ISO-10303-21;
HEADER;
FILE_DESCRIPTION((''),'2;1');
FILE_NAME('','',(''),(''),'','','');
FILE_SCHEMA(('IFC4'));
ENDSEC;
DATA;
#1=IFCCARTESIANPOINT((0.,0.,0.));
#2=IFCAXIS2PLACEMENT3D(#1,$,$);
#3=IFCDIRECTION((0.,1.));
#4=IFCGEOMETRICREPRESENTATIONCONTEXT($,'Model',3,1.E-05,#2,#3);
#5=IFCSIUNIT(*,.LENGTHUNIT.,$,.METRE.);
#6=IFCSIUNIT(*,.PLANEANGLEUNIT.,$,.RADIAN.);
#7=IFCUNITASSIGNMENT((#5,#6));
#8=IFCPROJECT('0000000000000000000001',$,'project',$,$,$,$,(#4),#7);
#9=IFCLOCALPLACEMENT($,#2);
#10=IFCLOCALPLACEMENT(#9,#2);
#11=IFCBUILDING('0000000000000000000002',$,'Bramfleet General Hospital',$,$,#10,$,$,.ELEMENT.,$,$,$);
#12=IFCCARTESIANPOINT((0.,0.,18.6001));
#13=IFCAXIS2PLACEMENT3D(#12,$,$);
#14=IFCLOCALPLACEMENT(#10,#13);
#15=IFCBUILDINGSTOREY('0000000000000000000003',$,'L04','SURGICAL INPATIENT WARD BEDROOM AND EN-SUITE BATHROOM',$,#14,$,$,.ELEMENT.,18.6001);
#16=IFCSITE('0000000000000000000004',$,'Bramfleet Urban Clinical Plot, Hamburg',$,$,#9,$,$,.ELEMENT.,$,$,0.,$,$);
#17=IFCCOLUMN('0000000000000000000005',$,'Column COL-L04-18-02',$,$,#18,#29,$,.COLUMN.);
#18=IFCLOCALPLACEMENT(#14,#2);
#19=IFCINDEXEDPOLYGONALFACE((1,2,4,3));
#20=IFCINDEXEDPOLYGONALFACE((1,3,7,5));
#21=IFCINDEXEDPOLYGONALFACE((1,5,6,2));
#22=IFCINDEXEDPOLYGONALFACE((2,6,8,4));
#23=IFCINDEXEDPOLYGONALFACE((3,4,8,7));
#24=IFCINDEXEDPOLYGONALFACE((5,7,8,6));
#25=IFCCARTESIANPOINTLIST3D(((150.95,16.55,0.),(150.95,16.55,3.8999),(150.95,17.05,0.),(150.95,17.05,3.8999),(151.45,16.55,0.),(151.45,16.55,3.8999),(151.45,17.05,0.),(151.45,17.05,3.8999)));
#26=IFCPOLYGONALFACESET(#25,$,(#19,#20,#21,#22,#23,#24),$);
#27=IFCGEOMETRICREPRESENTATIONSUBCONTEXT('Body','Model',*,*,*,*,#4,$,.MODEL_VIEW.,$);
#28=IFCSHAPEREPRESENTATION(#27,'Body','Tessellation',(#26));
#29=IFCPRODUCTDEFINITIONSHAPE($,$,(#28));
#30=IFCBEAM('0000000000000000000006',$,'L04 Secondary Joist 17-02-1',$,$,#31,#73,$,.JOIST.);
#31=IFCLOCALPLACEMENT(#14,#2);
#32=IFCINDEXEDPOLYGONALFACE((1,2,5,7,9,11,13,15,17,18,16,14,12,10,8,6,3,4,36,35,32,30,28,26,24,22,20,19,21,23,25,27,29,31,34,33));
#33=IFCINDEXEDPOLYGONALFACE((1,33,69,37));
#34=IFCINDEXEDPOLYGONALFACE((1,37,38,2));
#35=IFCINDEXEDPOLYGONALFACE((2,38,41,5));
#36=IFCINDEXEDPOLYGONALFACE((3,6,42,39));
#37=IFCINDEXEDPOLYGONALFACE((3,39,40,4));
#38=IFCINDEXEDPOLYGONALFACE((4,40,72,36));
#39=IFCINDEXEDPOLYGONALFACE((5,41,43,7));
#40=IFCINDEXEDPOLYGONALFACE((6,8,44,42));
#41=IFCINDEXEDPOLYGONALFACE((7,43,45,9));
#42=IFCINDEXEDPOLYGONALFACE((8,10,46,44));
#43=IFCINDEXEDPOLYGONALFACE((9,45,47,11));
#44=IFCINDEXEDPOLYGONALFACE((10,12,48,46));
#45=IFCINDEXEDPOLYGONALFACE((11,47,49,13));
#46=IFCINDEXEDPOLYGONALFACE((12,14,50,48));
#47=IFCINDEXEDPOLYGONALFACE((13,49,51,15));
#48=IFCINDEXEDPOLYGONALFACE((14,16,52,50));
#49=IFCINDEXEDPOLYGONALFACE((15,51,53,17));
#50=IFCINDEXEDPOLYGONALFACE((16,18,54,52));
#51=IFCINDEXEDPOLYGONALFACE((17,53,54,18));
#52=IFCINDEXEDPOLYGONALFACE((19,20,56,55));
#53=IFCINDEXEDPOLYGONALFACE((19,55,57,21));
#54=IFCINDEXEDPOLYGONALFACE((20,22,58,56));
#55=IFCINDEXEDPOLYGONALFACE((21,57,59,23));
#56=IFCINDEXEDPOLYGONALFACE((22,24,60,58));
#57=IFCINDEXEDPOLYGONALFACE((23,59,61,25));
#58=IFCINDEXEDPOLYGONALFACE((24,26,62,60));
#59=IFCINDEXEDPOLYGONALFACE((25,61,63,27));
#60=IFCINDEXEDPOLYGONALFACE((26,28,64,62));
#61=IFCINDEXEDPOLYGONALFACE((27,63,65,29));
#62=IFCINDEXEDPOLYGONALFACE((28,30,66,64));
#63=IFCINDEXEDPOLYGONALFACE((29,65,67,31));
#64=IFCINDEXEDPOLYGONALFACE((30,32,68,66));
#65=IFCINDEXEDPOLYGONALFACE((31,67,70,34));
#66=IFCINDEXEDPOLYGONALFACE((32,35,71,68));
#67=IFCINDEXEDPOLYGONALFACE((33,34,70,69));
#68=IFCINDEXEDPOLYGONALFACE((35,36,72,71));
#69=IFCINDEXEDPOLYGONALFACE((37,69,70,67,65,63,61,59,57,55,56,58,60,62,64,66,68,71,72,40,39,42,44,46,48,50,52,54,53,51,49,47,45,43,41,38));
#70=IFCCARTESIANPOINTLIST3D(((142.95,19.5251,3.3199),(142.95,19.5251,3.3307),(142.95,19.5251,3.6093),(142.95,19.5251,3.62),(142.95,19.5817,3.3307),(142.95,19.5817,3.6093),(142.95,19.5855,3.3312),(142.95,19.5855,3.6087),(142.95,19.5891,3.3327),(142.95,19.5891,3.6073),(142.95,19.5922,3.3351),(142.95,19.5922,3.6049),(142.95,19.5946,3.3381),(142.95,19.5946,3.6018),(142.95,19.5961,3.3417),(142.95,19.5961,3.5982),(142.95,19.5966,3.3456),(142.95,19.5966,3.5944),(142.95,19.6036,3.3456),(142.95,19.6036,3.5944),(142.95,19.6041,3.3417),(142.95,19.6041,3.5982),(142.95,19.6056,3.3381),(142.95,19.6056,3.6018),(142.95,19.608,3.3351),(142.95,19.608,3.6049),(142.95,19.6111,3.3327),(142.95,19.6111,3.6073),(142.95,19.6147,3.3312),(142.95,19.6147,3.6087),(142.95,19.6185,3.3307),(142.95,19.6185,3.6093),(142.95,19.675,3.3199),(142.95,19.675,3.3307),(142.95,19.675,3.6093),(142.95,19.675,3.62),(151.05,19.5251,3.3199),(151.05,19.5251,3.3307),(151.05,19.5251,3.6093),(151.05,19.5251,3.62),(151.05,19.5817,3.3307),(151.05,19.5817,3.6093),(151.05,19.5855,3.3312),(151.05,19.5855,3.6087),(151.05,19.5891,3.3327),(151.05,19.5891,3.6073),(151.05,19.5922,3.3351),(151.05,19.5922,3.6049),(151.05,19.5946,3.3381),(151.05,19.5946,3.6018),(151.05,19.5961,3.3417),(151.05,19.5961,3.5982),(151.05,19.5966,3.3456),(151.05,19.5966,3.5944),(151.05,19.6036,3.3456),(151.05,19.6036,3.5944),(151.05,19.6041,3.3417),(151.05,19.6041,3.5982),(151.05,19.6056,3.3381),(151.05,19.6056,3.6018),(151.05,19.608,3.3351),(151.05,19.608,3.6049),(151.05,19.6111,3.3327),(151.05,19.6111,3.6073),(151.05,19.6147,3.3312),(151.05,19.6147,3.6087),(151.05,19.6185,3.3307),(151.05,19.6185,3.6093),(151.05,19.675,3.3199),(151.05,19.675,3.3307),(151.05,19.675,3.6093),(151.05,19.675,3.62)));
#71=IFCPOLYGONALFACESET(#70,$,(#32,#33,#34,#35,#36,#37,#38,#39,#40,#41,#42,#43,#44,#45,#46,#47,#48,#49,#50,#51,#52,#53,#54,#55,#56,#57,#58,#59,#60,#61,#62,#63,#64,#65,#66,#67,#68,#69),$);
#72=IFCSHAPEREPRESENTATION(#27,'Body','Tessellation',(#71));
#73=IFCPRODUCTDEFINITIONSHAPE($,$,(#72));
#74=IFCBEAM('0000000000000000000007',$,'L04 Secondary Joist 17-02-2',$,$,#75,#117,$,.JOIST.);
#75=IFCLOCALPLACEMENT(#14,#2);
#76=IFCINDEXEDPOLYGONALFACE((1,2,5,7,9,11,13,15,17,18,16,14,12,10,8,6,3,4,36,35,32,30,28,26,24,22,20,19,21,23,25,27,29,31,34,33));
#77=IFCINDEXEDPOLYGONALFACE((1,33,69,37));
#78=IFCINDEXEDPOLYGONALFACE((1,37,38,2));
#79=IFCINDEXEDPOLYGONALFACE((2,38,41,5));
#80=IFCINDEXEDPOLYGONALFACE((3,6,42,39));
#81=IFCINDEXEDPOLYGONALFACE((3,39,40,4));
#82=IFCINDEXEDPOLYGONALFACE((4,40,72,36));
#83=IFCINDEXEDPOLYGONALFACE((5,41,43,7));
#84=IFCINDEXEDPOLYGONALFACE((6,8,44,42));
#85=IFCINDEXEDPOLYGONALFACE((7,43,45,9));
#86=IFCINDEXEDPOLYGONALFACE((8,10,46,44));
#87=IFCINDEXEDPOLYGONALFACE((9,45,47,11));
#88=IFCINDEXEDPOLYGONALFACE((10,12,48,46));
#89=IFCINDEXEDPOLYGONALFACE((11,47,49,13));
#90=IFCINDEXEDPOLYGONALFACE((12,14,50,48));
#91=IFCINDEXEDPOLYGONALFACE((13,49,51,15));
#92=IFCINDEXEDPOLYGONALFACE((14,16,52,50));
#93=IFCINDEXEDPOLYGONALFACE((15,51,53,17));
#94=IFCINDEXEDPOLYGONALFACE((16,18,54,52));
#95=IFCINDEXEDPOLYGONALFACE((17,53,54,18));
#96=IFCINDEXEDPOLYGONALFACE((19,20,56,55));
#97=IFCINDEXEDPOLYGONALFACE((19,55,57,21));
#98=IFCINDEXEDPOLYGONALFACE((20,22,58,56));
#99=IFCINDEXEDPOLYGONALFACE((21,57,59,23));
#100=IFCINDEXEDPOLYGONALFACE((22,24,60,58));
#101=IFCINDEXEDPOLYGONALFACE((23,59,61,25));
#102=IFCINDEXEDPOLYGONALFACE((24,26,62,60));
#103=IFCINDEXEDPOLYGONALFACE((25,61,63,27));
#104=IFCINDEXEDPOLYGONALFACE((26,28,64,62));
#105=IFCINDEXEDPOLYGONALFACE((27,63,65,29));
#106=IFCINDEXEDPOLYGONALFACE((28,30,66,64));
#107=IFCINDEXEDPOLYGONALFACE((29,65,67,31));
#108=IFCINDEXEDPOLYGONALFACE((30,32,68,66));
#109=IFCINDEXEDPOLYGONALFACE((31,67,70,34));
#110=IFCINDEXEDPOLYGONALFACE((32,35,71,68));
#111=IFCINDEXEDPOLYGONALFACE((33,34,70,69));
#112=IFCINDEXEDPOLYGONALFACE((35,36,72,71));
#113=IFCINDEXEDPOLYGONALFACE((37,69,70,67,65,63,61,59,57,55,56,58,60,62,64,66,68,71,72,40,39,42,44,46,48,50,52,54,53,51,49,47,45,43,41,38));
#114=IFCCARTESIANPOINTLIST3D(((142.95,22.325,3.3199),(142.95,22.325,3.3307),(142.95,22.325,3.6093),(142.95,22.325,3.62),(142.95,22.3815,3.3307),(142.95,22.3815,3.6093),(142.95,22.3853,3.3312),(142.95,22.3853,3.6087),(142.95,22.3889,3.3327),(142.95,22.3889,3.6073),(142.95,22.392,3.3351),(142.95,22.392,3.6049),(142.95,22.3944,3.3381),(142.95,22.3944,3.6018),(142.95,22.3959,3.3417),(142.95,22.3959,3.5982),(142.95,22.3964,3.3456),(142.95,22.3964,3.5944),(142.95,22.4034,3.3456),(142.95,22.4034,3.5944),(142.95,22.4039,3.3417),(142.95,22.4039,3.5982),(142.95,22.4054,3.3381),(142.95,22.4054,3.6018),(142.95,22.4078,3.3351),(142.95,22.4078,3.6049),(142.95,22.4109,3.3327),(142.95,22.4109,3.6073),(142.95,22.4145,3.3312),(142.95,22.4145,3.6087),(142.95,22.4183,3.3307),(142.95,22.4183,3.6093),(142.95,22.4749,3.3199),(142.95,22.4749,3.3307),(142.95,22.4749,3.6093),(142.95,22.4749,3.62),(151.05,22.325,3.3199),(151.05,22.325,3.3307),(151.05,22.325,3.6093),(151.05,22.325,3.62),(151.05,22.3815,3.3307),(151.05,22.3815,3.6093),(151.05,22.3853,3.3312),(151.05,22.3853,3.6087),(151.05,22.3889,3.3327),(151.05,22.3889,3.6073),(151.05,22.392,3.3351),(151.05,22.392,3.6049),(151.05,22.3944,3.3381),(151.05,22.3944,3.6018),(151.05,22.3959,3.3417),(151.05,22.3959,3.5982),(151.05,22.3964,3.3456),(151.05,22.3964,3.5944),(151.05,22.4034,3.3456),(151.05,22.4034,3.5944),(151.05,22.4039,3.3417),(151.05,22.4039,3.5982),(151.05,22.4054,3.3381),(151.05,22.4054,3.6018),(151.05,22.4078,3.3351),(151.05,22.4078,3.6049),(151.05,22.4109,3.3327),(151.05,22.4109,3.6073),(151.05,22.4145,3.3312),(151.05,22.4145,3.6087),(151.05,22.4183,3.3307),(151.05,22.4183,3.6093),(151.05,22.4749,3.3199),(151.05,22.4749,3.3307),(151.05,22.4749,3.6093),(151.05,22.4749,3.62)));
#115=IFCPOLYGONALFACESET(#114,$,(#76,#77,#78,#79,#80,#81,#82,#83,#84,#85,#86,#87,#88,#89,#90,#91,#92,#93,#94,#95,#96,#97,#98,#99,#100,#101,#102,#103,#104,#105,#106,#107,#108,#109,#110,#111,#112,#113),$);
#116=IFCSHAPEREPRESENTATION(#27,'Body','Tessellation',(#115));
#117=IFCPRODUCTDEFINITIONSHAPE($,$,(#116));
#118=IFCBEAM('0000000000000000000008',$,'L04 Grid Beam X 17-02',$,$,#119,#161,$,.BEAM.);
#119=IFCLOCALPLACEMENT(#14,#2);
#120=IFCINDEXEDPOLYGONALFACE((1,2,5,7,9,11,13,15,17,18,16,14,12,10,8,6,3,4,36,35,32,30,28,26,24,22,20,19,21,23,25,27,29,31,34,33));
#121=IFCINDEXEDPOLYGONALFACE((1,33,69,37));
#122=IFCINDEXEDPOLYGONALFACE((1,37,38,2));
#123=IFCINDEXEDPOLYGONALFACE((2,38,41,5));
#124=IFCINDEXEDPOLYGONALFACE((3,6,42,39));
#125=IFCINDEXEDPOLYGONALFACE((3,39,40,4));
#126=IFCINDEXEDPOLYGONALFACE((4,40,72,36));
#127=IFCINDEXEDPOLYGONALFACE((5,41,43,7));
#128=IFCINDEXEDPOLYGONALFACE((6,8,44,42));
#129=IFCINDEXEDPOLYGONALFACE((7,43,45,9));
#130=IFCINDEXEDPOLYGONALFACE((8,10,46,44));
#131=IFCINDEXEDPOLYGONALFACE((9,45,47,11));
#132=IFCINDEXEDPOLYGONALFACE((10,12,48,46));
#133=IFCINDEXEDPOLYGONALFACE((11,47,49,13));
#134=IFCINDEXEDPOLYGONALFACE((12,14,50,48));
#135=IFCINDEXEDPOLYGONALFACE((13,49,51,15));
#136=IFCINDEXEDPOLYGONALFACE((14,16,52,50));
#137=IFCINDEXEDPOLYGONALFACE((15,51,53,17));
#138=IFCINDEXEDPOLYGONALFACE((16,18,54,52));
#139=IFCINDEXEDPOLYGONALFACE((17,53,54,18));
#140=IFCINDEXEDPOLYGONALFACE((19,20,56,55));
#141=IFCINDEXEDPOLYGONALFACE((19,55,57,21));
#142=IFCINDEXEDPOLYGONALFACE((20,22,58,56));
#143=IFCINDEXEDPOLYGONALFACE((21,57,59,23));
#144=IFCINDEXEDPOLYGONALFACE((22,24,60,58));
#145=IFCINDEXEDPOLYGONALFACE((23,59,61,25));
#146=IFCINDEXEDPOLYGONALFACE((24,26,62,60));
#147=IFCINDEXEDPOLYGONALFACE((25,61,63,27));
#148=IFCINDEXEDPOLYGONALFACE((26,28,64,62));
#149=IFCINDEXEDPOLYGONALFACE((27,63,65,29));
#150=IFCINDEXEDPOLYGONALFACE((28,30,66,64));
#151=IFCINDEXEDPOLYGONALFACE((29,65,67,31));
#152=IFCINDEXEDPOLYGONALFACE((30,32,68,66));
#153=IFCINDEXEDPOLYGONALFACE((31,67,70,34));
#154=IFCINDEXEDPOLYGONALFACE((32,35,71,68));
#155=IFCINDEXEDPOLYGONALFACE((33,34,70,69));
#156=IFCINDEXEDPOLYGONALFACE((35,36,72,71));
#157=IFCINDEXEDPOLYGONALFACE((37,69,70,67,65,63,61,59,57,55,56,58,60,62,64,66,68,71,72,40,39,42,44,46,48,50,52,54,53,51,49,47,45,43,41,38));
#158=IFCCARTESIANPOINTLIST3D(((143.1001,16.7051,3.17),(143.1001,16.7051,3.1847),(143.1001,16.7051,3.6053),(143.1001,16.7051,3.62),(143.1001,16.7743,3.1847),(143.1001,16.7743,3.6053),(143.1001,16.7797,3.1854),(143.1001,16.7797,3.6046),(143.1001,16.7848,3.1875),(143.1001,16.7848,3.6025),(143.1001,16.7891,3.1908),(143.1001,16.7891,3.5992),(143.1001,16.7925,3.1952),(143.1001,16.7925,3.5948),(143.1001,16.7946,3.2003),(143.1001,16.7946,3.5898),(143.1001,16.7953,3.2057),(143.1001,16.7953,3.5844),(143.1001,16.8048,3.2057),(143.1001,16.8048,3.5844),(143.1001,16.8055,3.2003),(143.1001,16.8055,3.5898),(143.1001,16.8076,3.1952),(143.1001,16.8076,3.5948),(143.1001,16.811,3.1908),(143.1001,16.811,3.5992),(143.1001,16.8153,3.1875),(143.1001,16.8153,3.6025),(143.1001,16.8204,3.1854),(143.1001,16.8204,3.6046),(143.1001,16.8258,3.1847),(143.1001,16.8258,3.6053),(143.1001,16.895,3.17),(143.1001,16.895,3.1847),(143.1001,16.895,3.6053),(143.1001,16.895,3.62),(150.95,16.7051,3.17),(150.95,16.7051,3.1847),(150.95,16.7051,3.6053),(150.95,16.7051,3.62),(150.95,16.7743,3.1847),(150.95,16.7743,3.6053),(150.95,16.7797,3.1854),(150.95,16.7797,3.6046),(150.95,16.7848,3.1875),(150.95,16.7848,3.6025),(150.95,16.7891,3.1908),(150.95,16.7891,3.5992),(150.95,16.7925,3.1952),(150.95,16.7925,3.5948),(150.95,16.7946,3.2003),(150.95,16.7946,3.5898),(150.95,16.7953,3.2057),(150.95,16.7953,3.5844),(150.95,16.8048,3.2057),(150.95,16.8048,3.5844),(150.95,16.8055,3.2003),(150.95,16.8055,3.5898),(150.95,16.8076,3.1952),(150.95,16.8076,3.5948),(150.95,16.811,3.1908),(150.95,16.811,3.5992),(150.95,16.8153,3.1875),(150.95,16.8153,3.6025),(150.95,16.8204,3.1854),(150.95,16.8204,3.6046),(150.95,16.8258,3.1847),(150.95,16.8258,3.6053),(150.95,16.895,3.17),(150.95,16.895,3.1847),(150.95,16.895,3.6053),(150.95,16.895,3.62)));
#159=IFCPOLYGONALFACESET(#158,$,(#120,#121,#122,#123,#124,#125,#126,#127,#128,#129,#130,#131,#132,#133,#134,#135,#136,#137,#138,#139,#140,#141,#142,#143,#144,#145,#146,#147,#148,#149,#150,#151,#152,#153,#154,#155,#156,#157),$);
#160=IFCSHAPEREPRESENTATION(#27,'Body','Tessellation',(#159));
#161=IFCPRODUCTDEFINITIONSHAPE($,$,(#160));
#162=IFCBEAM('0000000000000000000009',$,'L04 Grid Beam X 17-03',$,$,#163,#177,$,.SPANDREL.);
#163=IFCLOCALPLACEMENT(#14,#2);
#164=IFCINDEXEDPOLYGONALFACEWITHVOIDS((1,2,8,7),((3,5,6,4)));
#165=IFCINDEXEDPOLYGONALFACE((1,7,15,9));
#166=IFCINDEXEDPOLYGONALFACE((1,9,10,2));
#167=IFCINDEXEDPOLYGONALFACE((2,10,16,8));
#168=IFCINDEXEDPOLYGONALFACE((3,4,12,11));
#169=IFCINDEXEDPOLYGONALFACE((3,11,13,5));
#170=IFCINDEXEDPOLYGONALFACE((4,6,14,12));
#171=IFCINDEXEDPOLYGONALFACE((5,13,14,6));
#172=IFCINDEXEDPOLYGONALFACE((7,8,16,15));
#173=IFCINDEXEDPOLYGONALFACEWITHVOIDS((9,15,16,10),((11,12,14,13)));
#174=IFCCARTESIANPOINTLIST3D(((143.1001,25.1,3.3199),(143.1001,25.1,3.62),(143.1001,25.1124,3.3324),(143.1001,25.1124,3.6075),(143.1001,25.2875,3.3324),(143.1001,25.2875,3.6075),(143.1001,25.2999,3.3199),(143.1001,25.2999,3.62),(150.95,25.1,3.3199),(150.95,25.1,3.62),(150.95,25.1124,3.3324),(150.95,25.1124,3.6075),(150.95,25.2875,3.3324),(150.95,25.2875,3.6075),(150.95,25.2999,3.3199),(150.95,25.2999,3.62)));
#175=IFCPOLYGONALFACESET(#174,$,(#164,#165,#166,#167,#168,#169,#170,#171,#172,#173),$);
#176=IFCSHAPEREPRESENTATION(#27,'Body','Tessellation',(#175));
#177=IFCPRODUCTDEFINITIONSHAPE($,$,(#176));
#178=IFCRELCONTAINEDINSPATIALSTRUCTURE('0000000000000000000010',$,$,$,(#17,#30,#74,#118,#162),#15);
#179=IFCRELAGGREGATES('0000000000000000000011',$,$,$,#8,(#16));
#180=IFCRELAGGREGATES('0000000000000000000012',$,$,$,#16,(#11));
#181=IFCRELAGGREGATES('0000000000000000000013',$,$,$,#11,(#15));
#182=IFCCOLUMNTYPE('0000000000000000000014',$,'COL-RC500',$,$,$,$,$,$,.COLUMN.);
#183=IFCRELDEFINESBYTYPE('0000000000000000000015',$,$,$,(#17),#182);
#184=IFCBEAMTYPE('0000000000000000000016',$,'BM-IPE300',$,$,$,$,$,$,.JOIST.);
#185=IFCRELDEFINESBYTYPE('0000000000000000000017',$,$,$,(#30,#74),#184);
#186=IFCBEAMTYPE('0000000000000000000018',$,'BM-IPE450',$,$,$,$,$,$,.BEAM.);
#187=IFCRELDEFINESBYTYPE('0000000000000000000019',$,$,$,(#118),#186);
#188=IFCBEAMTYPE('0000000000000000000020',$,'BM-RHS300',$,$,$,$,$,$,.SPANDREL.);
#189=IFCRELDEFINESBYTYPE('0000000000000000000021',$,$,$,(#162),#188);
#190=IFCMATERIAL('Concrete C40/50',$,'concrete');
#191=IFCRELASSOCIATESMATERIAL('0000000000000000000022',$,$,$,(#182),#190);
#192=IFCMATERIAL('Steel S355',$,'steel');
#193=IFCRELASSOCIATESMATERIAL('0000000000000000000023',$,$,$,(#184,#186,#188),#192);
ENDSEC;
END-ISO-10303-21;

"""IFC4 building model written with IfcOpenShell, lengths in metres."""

from ifc_helpers import new_model, si_unit, direction, frame, origin, origin_2d, place, context, subcontext, project, spatial, rectangle, hollow_rectangle, i_section, extrude, material, material_profile, profile_set, type_object, element, save


model = new_model("IFC4")

# Units and contexts
model_context = context("Model", 3, precision=1e-05, world=origin(), true_north=direction((0.0, 1.0)))
body_context = subcontext(model_context, "Body", "Model", "MODEL_VIEW")
ifc_project = project(units=[si_unit("LENGTHUNIT", "METRE"), si_unit("PLANEANGLEUNIT", "RADIAN")], contexts=[model_context])

# Site, building, storey
site_placement = place(None, origin())
site = spatial("IfcSite", under=ifc_project, at=site_placement, Name="Bramfleet Urban Clinical Plot, Hamburg", CompositionType="ELEMENT", RefElevation=0.0)
building_placement = place(site_placement, origin())
building = spatial("IfcBuilding", under=site, at=building_placement, Name="Bramfleet General Hospital", CompositionType="ELEMENT")
storey_placement = place(building_placement, frame((0.0, 0.0, 18.6001)))
storey = spatial("IfcBuildingStorey", under=building, at=storey_placement, Name="L04", Description="SURGICAL INPATIENT WARD BEDROOM AND EN-SUITE BATHROOM", CompositionType="ELEMENT", Elevation=18.6001)

# Column
ifc_material_1 = material(Name="Concrete C40/50", Category="concrete")
ifc_material_profile_1 = material_profile(ifc_material_1, rectangle(XDim=0.5, YDim=0.5, at=origin_2d()), Name="RC COL 500x500")
ifc_profile_set_1 = profile_set([ifc_material_profile_1], Name="Concrete C40/50")
column_type = type_object("IfcColumnType", Name="COL-RC500", PredefinedType="COLUMN", material=ifc_profile_set_1)
column_placement = place(storey_placement, frame((151.2, 16.8, 0.0), z_axis=(0.0, 0.0, 1.0), x_axis=(1.0, 0.0, 0.0)))
element("IfcColumn", 1, at=column_placement, inside=storey, type_object=column_type, Name="Column COL-L04-18-02", PredefinedType="COLUMN", context=body_context, shape_type="SweptSolid", body=[
    extrude(rectangle(XDim=0.5, YDim=0.5, at=origin_2d()), origin(), (0.0, 0.0, 1.0), 3.8999),
])

# Beams
ifc_material_2 = material(Name="Steel S355", Category="steel")
ifc_material_profile_2 = material_profile(ifc_material_2, i_section(OverallWidth=0.1499, OverallDepth=0.3, WebThickness=0.0071, FlangeThickness=0.0107, FilletRadius=0.0149, at=origin_2d()), Name="IPE 300")
ifc_profile_set_2 = profile_set([ifc_material_profile_2], Name="Steel S355")
beam_type_1 = type_object("IfcBeamType", Name="BM-IPE300", PredefinedType="JOIST", material=ifc_profile_set_2)
for number, where, z_axis, x_axis, name in (
    (2, (142.95, 19.6001, 3.47), (1.0, 0.0, 0.0), (0.0, 1.0, 0.0), "L04 Secondary Joist 17-02-1"),
    (3, (142.95, 22.3999, 3.47), (1.0, 0.0, 0.0), (0.0, 1.0, 0.0), "L04 Secondary Joist 17-02-2"),
):
    element("IfcBeam", number, at=place(storey_placement, frame(where, z_axis=z_axis, x_axis=x_axis)), inside=storey, type_object=beam_type_1, Name=name, PredefinedType="JOIST", context=body_context, shape_type="SweptSolid", body=[
        extrude(i_section(OverallWidth=0.1499, OverallDepth=0.3, WebThickness=0.0071, FlangeThickness=0.0107, FilletRadius=0.0149, at=origin_2d()), origin(), (0.0, 0.0, 1.0), 8.1001),
    ])
ifc_material_profile_3 = material_profile(ifc_material_2, i_section(OverallWidth=0.1899, OverallDepth=0.45, WebThickness=0.0095, FlangeThickness=0.0146, FilletRadius=0.021, at=origin_2d()), Name="IPE 450")
ifc_profile_set_3 = profile_set([ifc_material_profile_3], Name="Steel S355")
beam_type_2 = type_object("IfcBeamType", Name="BM-IPE450", PredefinedType="BEAM", material=ifc_profile_set_3)
beam_1_placement = place(storey_placement, frame((143.1001, 16.8, 3.395), z_axis=(1.0, 0.0, 0.0), x_axis=(0.0, 1.0, 0.0)))
element("IfcBeam", 4, at=beam_1_placement, inside=storey, type_object=beam_type_2, Name="L04 Grid Beam X 17-02", PredefinedType="BEAM", context=body_context, shape_type="SweptSolid", body=[
    extrude(i_section(OverallWidth=0.1899, OverallDepth=0.45, WebThickness=0.0095, FlangeThickness=0.0146, FilletRadius=0.021, at=origin_2d()), origin(), (0.0, 0.0, 1.0), 7.8499),
])
ifc_material_profile_4 = material_profile(ifc_material_2, hollow_rectangle(XDim=0.2, YDim=0.3, WallThickness=0.0125, at=origin_2d()), Name="RHS 300x200x12.5")
ifc_profile_set_4 = profile_set([ifc_material_profile_4], Name="Steel S355")
beam_type_3 = type_object("IfcBeamType", Name="BM-RHS300", PredefinedType="SPANDREL", material=ifc_profile_set_4)
beam_2_placement = place(storey_placement, frame((143.1001, 25.2, 3.47), z_axis=(1.0, 0.0, 0.0), x_axis=(0.0, 1.0, 0.0)))
element("IfcBeam", 5, at=beam_2_placement, inside=storey, type_object=beam_type_3, Name="L04 Grid Beam X 17-03", PredefinedType="SPANDREL", context=body_context, shape_type="SweptSolid", body=[
    extrude(hollow_rectangle(XDim=0.2, YDim=0.3, WallThickness=0.0125, at=origin_2d()), origin(), (0.0, 0.0, 1.0), 7.8499),
])

save(model, "model.ifc")
